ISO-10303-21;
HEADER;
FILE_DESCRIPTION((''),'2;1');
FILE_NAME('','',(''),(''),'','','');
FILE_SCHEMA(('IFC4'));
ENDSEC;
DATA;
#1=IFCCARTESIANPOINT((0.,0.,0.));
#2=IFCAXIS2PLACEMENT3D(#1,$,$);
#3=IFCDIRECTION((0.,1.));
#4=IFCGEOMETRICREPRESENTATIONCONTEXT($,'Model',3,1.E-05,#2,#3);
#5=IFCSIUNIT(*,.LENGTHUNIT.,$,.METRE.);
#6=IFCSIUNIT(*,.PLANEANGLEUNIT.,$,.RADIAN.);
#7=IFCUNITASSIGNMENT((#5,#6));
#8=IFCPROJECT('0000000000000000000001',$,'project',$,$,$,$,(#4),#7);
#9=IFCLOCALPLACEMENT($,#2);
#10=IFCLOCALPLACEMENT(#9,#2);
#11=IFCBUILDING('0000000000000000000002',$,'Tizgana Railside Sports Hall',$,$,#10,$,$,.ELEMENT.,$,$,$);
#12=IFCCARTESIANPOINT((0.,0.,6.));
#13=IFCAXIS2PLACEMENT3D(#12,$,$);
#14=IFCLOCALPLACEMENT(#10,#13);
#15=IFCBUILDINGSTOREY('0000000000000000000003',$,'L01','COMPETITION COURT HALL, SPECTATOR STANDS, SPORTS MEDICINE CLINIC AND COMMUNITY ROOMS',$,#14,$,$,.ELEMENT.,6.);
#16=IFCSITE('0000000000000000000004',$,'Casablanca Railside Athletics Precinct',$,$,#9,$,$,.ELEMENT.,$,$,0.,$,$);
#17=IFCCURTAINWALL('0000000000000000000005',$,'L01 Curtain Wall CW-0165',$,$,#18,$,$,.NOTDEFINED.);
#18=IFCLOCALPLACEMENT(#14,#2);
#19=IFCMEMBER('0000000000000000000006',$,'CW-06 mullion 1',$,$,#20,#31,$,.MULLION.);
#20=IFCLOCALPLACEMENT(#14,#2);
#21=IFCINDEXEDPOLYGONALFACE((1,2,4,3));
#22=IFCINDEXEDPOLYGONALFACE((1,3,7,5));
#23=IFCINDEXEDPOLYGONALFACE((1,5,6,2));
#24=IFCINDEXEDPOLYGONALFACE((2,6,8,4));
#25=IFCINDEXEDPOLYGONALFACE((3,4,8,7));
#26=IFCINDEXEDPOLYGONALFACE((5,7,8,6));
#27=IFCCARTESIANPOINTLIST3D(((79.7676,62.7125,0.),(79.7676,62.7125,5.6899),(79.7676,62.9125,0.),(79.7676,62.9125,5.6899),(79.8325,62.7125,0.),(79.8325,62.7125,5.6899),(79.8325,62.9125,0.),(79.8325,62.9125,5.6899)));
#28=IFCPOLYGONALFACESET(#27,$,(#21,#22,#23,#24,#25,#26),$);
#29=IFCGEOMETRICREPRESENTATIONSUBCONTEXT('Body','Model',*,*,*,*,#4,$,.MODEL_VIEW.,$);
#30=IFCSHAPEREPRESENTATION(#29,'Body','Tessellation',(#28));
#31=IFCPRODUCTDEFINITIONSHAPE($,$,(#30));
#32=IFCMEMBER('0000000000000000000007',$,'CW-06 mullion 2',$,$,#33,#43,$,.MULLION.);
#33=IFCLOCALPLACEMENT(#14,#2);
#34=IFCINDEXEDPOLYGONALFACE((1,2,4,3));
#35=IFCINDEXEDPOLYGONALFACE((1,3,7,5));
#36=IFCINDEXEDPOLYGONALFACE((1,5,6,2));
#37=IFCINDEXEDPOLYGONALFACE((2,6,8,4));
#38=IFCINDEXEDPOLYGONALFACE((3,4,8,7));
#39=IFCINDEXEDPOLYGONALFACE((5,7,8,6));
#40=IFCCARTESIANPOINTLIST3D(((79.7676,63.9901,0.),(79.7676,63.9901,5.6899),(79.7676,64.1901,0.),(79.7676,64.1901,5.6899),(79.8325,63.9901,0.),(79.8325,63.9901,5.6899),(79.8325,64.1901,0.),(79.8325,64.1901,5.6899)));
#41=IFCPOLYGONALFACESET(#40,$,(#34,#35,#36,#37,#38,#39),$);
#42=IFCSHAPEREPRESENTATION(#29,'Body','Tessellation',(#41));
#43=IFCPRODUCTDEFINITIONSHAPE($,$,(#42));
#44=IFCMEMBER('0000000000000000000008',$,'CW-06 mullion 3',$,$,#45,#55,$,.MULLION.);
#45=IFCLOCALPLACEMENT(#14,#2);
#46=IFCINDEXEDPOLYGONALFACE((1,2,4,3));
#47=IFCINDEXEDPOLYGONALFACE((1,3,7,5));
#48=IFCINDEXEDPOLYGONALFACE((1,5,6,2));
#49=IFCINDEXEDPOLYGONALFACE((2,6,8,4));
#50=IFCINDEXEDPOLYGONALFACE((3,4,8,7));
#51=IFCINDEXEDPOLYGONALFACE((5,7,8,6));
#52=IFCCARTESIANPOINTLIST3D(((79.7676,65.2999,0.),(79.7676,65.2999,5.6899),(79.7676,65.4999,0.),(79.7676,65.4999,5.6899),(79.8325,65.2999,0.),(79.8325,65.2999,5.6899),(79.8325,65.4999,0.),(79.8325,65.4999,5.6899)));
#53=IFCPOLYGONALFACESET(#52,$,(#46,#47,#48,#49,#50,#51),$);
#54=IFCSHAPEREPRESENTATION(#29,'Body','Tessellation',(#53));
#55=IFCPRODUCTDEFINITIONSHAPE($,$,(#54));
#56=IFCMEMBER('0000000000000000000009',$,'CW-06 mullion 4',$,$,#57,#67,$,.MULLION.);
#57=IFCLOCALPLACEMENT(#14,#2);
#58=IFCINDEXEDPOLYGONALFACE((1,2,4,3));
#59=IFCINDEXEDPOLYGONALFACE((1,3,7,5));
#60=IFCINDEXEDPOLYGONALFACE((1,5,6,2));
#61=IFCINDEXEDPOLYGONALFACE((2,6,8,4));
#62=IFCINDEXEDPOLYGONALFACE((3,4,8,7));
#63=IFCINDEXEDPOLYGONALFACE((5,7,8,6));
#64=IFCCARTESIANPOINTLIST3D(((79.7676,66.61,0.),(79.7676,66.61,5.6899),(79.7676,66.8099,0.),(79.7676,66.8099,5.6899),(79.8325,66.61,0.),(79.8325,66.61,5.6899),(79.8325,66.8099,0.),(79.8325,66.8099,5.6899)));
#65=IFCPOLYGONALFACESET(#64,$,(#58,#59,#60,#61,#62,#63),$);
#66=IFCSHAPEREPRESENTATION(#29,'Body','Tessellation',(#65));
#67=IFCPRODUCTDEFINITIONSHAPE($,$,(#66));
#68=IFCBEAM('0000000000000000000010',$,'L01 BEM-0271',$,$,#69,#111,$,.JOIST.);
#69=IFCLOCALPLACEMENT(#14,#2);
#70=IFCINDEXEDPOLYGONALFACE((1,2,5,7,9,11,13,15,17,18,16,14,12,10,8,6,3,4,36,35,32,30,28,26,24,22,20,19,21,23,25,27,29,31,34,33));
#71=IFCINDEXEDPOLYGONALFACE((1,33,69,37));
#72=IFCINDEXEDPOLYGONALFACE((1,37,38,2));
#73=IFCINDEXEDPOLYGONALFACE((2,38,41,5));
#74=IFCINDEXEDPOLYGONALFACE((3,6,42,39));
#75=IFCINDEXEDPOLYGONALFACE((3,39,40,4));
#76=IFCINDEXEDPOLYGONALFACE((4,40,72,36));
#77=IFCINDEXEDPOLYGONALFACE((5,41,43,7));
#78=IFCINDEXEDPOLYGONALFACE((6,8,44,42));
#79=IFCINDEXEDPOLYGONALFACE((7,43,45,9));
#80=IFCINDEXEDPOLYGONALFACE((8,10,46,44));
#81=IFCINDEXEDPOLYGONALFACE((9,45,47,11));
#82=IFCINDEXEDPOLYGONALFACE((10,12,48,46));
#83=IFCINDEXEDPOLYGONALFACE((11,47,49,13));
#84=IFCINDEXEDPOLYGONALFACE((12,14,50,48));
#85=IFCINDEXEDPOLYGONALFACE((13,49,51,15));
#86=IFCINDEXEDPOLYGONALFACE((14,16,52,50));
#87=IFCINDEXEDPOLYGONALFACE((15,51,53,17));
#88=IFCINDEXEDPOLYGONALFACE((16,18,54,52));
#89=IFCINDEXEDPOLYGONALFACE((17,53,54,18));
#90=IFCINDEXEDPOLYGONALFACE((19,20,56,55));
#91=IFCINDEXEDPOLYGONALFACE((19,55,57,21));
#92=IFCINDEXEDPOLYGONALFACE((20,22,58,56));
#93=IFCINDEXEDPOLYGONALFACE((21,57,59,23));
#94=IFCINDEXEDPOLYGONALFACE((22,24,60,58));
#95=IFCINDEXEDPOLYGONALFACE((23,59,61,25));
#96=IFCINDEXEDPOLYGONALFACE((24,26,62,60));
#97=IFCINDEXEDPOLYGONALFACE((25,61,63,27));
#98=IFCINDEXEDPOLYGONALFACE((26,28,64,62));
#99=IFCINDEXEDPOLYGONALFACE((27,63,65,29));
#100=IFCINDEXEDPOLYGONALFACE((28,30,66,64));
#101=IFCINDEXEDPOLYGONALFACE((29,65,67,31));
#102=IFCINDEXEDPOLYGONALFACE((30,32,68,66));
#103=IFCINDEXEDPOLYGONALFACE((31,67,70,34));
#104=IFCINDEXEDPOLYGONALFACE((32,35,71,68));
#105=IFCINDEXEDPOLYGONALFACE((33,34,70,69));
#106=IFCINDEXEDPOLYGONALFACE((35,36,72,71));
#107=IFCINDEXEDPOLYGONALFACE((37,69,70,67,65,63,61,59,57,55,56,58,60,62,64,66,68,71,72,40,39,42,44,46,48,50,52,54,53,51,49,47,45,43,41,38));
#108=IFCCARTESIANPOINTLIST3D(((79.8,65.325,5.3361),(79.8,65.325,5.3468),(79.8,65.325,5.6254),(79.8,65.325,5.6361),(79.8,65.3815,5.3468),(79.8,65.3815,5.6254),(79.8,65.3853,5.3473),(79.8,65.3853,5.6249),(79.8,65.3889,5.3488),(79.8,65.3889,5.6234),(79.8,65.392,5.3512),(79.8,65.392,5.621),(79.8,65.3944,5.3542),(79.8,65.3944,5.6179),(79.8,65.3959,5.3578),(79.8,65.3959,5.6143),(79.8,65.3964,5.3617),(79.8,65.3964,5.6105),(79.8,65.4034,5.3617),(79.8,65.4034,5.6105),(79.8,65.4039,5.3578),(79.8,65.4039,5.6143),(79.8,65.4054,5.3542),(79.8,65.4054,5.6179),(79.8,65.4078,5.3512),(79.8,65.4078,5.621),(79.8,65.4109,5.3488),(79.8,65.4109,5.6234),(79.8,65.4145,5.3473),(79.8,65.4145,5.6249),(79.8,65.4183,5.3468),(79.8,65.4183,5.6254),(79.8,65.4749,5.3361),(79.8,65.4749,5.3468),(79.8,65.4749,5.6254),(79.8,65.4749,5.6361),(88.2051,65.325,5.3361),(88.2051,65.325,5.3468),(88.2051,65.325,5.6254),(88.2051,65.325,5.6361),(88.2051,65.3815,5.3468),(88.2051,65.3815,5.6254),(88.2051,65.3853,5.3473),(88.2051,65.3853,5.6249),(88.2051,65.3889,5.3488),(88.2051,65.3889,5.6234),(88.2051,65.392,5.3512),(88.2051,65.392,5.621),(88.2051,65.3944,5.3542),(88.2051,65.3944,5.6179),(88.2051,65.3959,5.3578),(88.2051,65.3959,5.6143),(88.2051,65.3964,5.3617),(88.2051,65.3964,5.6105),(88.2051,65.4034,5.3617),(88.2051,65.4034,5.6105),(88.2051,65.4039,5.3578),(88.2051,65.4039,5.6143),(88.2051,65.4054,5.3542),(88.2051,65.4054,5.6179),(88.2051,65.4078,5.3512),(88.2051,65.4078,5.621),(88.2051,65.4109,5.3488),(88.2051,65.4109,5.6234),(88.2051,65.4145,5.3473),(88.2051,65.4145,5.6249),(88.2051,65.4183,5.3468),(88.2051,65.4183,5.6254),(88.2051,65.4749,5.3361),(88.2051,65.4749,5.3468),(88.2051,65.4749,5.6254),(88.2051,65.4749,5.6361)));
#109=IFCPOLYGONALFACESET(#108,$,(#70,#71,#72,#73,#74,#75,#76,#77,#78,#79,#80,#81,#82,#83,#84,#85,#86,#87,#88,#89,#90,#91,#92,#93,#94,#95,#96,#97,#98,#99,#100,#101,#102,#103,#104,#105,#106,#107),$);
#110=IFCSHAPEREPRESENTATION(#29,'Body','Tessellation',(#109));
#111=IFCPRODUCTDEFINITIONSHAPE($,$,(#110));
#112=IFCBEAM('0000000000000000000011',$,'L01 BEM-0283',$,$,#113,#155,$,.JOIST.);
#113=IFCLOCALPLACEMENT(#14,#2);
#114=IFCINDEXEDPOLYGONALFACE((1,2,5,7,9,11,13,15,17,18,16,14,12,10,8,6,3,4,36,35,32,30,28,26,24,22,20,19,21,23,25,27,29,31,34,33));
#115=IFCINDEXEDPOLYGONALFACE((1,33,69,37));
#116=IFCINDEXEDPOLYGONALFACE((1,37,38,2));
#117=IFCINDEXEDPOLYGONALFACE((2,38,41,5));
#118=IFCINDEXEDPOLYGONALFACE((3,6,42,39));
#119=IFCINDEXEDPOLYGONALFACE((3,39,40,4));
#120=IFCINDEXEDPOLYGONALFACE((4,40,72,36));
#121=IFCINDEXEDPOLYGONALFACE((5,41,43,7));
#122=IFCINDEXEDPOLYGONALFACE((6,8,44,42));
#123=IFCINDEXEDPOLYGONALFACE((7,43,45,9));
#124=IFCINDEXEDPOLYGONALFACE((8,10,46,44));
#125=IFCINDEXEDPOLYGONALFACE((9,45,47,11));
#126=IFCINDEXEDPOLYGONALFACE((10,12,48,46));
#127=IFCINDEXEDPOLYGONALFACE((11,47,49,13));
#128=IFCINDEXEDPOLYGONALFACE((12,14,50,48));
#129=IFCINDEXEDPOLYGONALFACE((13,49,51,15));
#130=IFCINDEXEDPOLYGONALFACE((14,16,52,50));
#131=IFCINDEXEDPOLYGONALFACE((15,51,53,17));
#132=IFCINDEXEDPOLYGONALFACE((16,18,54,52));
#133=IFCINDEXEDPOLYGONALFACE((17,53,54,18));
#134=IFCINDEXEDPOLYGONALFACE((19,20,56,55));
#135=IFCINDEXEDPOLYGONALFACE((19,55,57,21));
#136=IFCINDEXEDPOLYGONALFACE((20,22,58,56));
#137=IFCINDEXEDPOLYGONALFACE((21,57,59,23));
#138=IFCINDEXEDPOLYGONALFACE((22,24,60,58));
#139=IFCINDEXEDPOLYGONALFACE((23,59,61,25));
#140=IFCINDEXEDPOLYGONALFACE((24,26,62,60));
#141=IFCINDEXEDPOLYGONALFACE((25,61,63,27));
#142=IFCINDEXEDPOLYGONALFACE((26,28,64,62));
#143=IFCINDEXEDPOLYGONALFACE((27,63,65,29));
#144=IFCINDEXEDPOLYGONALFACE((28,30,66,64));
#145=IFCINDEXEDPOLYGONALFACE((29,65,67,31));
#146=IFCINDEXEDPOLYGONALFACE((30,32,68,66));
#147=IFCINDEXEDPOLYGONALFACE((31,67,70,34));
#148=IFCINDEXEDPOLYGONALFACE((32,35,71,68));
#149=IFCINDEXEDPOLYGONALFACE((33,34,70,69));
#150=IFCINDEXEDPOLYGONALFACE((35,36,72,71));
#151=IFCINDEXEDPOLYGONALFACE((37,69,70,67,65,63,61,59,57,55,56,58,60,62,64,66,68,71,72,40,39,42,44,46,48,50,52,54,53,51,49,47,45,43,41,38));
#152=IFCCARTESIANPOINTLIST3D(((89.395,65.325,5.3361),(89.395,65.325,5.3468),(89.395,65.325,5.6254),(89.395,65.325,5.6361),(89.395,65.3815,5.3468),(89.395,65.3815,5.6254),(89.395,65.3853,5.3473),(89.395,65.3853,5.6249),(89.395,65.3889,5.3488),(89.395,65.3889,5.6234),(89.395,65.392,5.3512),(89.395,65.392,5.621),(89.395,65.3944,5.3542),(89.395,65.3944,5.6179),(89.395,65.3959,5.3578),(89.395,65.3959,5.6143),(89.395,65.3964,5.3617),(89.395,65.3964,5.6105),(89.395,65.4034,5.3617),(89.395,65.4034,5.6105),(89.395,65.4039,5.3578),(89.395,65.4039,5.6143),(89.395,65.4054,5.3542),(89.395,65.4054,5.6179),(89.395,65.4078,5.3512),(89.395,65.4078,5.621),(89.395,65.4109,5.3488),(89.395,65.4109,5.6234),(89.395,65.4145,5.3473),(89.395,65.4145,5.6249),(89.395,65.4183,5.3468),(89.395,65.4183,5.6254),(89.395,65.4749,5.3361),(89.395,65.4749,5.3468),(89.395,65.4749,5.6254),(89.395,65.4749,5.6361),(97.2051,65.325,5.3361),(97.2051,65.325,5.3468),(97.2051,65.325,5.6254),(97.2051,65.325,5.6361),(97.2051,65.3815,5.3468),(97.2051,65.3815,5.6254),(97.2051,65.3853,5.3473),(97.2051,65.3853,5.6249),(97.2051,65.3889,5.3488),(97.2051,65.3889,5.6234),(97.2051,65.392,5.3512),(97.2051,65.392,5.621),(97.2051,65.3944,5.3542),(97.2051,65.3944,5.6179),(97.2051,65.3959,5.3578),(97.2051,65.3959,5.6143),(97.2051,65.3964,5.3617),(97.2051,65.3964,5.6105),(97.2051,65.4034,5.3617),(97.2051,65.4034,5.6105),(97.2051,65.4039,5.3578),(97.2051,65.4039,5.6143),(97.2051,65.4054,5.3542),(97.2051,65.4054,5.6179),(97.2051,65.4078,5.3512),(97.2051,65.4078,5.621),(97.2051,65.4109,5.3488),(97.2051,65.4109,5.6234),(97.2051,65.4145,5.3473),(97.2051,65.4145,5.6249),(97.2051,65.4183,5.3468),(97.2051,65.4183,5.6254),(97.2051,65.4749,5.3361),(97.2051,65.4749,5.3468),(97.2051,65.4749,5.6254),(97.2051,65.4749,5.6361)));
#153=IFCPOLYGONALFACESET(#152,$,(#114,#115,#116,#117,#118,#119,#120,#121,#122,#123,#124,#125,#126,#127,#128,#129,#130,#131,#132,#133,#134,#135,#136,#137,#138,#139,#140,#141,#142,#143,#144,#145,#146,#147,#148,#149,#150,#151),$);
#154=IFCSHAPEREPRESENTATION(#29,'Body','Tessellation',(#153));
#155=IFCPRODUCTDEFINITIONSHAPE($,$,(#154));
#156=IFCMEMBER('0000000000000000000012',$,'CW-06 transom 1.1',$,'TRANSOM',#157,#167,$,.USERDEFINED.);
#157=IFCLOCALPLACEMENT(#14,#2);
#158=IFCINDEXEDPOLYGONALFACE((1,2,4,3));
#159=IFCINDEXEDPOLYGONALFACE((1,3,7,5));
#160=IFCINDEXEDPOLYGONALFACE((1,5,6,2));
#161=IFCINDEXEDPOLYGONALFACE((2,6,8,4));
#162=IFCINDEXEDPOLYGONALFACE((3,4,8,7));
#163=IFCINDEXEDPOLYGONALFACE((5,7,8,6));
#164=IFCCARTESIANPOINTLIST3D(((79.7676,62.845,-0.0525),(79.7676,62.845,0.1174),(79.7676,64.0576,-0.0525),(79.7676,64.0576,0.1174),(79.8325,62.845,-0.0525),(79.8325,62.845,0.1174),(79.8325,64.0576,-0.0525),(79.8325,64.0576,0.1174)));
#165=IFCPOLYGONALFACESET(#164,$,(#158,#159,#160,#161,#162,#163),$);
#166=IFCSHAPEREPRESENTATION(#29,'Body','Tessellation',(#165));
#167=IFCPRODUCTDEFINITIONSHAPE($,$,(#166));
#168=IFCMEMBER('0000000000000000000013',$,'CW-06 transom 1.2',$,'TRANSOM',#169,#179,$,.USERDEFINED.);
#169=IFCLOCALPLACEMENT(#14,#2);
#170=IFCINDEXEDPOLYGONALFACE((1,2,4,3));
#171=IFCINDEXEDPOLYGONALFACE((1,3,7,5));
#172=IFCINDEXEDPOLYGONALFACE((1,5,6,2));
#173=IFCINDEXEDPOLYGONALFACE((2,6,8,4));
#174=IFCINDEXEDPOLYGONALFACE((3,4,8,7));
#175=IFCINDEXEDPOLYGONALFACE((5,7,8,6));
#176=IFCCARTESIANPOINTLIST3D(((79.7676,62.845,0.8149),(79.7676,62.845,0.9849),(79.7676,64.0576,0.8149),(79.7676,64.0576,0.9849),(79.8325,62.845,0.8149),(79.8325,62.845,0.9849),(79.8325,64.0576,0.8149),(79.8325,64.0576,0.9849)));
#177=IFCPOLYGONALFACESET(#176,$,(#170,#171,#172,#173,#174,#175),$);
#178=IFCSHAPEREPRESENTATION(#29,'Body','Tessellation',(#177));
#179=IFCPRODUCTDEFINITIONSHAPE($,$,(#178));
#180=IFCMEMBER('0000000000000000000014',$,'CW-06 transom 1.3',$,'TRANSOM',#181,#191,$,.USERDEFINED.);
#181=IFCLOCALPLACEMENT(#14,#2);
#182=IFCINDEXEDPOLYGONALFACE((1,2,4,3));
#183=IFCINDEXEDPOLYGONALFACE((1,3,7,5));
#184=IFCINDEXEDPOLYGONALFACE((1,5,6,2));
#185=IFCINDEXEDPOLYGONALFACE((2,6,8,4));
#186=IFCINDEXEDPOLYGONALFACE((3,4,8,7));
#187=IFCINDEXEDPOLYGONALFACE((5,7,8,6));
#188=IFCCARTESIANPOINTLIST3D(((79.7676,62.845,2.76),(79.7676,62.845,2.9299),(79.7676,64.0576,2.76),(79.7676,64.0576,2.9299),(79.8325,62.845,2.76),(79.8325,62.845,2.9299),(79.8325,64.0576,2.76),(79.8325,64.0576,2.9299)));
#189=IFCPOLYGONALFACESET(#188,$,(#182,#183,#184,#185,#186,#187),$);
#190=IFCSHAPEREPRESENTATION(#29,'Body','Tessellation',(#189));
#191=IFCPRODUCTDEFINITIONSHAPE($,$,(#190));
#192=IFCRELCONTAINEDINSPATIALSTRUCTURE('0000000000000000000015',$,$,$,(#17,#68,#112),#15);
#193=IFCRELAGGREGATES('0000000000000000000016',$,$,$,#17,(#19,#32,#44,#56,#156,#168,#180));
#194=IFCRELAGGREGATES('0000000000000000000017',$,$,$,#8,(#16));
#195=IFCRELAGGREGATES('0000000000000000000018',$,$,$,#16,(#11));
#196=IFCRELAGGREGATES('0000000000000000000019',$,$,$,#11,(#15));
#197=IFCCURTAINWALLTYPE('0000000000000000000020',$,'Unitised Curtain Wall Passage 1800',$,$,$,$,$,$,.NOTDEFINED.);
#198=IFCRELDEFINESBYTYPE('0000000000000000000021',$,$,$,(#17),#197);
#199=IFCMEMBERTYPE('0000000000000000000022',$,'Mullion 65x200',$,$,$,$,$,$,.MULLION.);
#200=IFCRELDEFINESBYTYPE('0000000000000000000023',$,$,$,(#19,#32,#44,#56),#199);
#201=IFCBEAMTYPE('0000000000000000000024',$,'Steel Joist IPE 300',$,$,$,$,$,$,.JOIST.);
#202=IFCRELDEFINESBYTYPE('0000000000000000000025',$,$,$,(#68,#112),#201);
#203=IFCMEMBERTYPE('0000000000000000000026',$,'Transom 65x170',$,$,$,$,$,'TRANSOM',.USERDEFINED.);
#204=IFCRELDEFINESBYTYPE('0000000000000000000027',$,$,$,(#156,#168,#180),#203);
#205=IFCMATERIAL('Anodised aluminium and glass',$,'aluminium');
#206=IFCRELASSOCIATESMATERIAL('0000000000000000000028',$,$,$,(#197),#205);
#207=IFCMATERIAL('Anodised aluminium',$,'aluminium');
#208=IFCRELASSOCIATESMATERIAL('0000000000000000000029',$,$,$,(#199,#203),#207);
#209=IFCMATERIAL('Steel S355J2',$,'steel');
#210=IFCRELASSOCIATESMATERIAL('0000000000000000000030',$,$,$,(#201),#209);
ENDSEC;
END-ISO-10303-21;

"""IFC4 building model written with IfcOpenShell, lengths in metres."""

from ifc_helpers import new_model, si_unit, direction, frame, origin, origin_2d, place, context, subcontext, project, spatial, rectangle, i_section, extrude, material, material_profile, profile_set, type_object, element, aggregate, save


model = new_model("IFC4")

# Units and contexts
model_context = context("Model", 3, precision=1e-05, world=origin(), true_north=direction((0.0, 1.0)))
body_context = subcontext(model_context, "Body", "Model", "MODEL_VIEW")
ifc_project = project(units=[si_unit("LENGTHUNIT", "METRE"), si_unit("PLANEANGLEUNIT", "RADIAN")], contexts=[model_context])

# Site, building, storey
site_placement = place(None, origin())
site = spatial("IfcSite", under=ifc_project, at=site_placement, Name="Casablanca Railside Athletics Precinct", CompositionType="ELEMENT", RefElevation=0.0)
building_placement = place(site_placement, origin())
building = spatial("IfcBuilding", under=site, at=building_placement, Name="Tizgana Railside Sports Hall", CompositionType="ELEMENT")
storey_placement = place(building_placement, frame((0.0, 0.0, 6.0)))
storey = spatial("IfcBuildingStorey", under=building, at=storey_placement, Name="L01", Description="COMPETITION COURT HALL, SPECTATOR STANDS, SPORTS MEDICINE CLINIC AND COMMUNITY ROOMS", CompositionType="ELEMENT", Elevation=6.0)

# Curtain wall, members
ifc_material_1 = material(Name="Anodised aluminium and glass", Category="aluminium")
curtain_wall_type = type_object("IfcCurtainWallType", Name="Unitised Curtain Wall Passage 1800", PredefinedType="NOTDEFINED", material=ifc_material_1)
curtain_wall_placement = place(storey_placement, origin())
curtain_wall = element("IfcCurtainWall", 1, at=curtain_wall_placement, inside=storey, type_object=curtain_wall_type, Name="L01 Curtain Wall CW-0165", PredefinedType="NOTDEFINED")
ifc_material_2 = material(Name="Anodised aluminium", Category="aluminium")
ifc_material_profile_1 = material_profile(ifc_material_2, rectangle(XDim=0.0649, YDim=0.2, at=origin_2d()), Name="Mullion 65x200")
ifc_profile_set_1 = profile_set([ifc_material_profile_1], Name="Anodised aluminium")
member_type_1 = type_object("IfcMemberType", Name="Mullion 65x200", PredefinedType="MULLION", material=ifc_profile_set_1)
member_1_placement = place(storey_placement, frame((79.8, 62.8125, 0.0), z_axis=(0.0, 0.0, 1.0), x_axis=(-1.0, 0.0, 0.0)))
member_1 = element("IfcMember", 2, at=member_1_placement, type_object=member_type_1, Name="CW-06 mullion 1", PredefinedType="MULLION", context=body_context, shape_type="SweptSolid", body=[
    extrude(rectangle(XDim=0.0649, YDim=0.2, at=origin_2d()), origin(), (0.0, 0.0, 1.0), 5.6899),
])
member_2_placement = place(storey_placement, frame((79.8, 64.0901, 0.0), z_axis=(0.0, 0.0, 1.0), x_axis=(-1.0, 0.0, 0.0)))
member_2 = element("IfcMember", 3, at=member_2_placement, type_object=member_type_1, Name="CW-06 mullion 2", PredefinedType="MULLION", context=body_context, shape_type="SweptSolid", body=[
    extrude(rectangle(XDim=0.0649, YDim=0.2, at=origin_2d()), origin(), (0.0, 0.0, 1.0), 5.6899),
])
member_3_placement = place(storey_placement, frame((79.8, 65.3999, 0.0), z_axis=(0.0, 0.0, 1.0), x_axis=(-1.0, 0.0, 0.0)))
member_3 = element("IfcMember", 4, at=member_3_placement, type_object=member_type_1, Name="CW-06 mullion 3", PredefinedType="MULLION", context=body_context, shape_type="SweptSolid", body=[
    extrude(rectangle(XDim=0.0649, YDim=0.2, at=origin_2d()), origin(), (0.0, 0.0, 1.0), 5.6899),
])
member_4_placement = place(storey_placement, frame((79.8, 66.71, 0.0), z_axis=(0.0, 0.0, 1.0), x_axis=(-1.0, 0.0, 0.0)))
member_4 = element("IfcMember", 5, at=member_4_placement, type_object=member_type_1, Name="CW-06 mullion 4", PredefinedType="MULLION", context=body_context, shape_type="SweptSolid", body=[
    extrude(rectangle(XDim=0.0649, YDim=0.2, at=origin_2d()), origin(), (0.0, 0.0, 1.0), 5.6899),
])

# Beams
ifc_material_3 = material(Name="Steel S355J2", Category="steel")
ifc_material_profile_2 = material_profile(ifc_material_3, i_section(OverallWidth=0.1499, OverallDepth=0.3, WebThickness=0.0071, FlangeThickness=0.0107, FilletRadius=0.0149, at=origin_2d()), Name="IPE 300")
ifc_profile_set_2 = profile_set([ifc_material_profile_2], Name="Steel S355J2")
beam_type = type_object("IfcBeamType", Name="Steel Joist IPE 300", PredefinedType="JOIST", material=ifc_profile_set_2)
beam_1_placement = place(storey_placement, frame((79.8, 65.3999, 5.4861), z_axis=(1.0, 0.0, 0.0), x_axis=(0.0, 1.0, 0.0)))
element("IfcBeam", 6, at=beam_1_placement, inside=storey, type_object=beam_type, Name="L01 BEM-0271", PredefinedType="JOIST", context=body_context, shape_type="SweptSolid", body=[
    extrude(i_section(OverallWidth=0.1499, OverallDepth=0.3, WebThickness=0.0071, FlangeThickness=0.0107, FilletRadius=0.0149, at=origin_2d()), origin(), (0.0, 0.0, 1.0), 8.405),
])
beam_2_placement = place(storey_placement, frame((89.395, 65.3999, 5.4861), z_axis=(1.0, 0.0, 0.0), x_axis=(0.0, 1.0, 0.0)))
element("IfcBeam", 7, at=beam_2_placement, inside=storey, type_object=beam_type, Name="L01 BEM-0283", PredefinedType="JOIST", context=body_context, shape_type="SweptSolid", body=[
    extrude(i_section(OverallWidth=0.1499, OverallDepth=0.3, WebThickness=0.0071, FlangeThickness=0.0107, FilletRadius=0.0149, at=origin_2d()), origin(), (0.0, 0.0, 1.0), 7.8101),
])

# Members
ifc_material_profile_3 = material_profile(ifc_material_2, rectangle(XDim=0.0649, YDim=0.1699, at=origin_2d()), Name="Transom 65x170")
ifc_profile_set_3 = profile_set([ifc_material_profile_3], Name="Anodised aluminium")
member_type_2 = type_object("IfcMemberType", Name="Transom 65x170", ElementType="TRANSOM", PredefinedType="USERDEFINED", material=ifc_profile_set_3)
member_5_placement = place(storey_placement, frame((79.8, 62.845, 0.0325), z_axis=(0.0, 1.0, 0.0), x_axis=(-1.0, 0.0, 0.0)))
member_5 = element("IfcMember", 8, at=member_5_placement, type_object=member_type_2, Name="CW-06 transom 1.1", ObjectType="TRANSOM", PredefinedType="USERDEFINED", context=body_context, shape_type="SweptSolid", body=[
    extrude(rectangle(XDim=0.0649, YDim=0.1699, at=origin_2d()), origin(), (0.0, 0.0, 1.0), 1.2126),
])
member_6_placement = place(storey_placement, frame((79.8, 62.845, 0.8999), z_axis=(0.0, 1.0, 0.0), x_axis=(-1.0, 0.0, 0.0)))
member_6 = element("IfcMember", 9, at=member_6_placement, type_object=member_type_2, Name="CW-06 transom 1.2", ObjectType="TRANSOM", PredefinedType="USERDEFINED", context=body_context, shape_type="SweptSolid", body=[
    extrude(rectangle(XDim=0.0649, YDim=0.1699, at=origin_2d()), origin(), (0.0, 0.0, 1.0), 1.2126),
])
member_7_placement = place(storey_placement, frame((79.8, 62.845, 2.845), z_axis=(0.0, 1.0, 0.0), x_axis=(-1.0, 0.0, 0.0)))
member_7 = element("IfcMember", 10, at=member_7_placement, type_object=member_type_2, Name="CW-06 transom 1.3", ObjectType="TRANSOM", PredefinedType="USERDEFINED", context=body_context, shape_type="SweptSolid", body=[
    extrude(rectangle(XDim=0.0649, YDim=0.1699, at=origin_2d()), origin(), (0.0, 0.0, 1.0), 1.2126),
])

aggregate(curtain_wall, [member_1, member_2, member_3, member_4, member_5, member_6, member_7])

save(model, "model.ifc")
